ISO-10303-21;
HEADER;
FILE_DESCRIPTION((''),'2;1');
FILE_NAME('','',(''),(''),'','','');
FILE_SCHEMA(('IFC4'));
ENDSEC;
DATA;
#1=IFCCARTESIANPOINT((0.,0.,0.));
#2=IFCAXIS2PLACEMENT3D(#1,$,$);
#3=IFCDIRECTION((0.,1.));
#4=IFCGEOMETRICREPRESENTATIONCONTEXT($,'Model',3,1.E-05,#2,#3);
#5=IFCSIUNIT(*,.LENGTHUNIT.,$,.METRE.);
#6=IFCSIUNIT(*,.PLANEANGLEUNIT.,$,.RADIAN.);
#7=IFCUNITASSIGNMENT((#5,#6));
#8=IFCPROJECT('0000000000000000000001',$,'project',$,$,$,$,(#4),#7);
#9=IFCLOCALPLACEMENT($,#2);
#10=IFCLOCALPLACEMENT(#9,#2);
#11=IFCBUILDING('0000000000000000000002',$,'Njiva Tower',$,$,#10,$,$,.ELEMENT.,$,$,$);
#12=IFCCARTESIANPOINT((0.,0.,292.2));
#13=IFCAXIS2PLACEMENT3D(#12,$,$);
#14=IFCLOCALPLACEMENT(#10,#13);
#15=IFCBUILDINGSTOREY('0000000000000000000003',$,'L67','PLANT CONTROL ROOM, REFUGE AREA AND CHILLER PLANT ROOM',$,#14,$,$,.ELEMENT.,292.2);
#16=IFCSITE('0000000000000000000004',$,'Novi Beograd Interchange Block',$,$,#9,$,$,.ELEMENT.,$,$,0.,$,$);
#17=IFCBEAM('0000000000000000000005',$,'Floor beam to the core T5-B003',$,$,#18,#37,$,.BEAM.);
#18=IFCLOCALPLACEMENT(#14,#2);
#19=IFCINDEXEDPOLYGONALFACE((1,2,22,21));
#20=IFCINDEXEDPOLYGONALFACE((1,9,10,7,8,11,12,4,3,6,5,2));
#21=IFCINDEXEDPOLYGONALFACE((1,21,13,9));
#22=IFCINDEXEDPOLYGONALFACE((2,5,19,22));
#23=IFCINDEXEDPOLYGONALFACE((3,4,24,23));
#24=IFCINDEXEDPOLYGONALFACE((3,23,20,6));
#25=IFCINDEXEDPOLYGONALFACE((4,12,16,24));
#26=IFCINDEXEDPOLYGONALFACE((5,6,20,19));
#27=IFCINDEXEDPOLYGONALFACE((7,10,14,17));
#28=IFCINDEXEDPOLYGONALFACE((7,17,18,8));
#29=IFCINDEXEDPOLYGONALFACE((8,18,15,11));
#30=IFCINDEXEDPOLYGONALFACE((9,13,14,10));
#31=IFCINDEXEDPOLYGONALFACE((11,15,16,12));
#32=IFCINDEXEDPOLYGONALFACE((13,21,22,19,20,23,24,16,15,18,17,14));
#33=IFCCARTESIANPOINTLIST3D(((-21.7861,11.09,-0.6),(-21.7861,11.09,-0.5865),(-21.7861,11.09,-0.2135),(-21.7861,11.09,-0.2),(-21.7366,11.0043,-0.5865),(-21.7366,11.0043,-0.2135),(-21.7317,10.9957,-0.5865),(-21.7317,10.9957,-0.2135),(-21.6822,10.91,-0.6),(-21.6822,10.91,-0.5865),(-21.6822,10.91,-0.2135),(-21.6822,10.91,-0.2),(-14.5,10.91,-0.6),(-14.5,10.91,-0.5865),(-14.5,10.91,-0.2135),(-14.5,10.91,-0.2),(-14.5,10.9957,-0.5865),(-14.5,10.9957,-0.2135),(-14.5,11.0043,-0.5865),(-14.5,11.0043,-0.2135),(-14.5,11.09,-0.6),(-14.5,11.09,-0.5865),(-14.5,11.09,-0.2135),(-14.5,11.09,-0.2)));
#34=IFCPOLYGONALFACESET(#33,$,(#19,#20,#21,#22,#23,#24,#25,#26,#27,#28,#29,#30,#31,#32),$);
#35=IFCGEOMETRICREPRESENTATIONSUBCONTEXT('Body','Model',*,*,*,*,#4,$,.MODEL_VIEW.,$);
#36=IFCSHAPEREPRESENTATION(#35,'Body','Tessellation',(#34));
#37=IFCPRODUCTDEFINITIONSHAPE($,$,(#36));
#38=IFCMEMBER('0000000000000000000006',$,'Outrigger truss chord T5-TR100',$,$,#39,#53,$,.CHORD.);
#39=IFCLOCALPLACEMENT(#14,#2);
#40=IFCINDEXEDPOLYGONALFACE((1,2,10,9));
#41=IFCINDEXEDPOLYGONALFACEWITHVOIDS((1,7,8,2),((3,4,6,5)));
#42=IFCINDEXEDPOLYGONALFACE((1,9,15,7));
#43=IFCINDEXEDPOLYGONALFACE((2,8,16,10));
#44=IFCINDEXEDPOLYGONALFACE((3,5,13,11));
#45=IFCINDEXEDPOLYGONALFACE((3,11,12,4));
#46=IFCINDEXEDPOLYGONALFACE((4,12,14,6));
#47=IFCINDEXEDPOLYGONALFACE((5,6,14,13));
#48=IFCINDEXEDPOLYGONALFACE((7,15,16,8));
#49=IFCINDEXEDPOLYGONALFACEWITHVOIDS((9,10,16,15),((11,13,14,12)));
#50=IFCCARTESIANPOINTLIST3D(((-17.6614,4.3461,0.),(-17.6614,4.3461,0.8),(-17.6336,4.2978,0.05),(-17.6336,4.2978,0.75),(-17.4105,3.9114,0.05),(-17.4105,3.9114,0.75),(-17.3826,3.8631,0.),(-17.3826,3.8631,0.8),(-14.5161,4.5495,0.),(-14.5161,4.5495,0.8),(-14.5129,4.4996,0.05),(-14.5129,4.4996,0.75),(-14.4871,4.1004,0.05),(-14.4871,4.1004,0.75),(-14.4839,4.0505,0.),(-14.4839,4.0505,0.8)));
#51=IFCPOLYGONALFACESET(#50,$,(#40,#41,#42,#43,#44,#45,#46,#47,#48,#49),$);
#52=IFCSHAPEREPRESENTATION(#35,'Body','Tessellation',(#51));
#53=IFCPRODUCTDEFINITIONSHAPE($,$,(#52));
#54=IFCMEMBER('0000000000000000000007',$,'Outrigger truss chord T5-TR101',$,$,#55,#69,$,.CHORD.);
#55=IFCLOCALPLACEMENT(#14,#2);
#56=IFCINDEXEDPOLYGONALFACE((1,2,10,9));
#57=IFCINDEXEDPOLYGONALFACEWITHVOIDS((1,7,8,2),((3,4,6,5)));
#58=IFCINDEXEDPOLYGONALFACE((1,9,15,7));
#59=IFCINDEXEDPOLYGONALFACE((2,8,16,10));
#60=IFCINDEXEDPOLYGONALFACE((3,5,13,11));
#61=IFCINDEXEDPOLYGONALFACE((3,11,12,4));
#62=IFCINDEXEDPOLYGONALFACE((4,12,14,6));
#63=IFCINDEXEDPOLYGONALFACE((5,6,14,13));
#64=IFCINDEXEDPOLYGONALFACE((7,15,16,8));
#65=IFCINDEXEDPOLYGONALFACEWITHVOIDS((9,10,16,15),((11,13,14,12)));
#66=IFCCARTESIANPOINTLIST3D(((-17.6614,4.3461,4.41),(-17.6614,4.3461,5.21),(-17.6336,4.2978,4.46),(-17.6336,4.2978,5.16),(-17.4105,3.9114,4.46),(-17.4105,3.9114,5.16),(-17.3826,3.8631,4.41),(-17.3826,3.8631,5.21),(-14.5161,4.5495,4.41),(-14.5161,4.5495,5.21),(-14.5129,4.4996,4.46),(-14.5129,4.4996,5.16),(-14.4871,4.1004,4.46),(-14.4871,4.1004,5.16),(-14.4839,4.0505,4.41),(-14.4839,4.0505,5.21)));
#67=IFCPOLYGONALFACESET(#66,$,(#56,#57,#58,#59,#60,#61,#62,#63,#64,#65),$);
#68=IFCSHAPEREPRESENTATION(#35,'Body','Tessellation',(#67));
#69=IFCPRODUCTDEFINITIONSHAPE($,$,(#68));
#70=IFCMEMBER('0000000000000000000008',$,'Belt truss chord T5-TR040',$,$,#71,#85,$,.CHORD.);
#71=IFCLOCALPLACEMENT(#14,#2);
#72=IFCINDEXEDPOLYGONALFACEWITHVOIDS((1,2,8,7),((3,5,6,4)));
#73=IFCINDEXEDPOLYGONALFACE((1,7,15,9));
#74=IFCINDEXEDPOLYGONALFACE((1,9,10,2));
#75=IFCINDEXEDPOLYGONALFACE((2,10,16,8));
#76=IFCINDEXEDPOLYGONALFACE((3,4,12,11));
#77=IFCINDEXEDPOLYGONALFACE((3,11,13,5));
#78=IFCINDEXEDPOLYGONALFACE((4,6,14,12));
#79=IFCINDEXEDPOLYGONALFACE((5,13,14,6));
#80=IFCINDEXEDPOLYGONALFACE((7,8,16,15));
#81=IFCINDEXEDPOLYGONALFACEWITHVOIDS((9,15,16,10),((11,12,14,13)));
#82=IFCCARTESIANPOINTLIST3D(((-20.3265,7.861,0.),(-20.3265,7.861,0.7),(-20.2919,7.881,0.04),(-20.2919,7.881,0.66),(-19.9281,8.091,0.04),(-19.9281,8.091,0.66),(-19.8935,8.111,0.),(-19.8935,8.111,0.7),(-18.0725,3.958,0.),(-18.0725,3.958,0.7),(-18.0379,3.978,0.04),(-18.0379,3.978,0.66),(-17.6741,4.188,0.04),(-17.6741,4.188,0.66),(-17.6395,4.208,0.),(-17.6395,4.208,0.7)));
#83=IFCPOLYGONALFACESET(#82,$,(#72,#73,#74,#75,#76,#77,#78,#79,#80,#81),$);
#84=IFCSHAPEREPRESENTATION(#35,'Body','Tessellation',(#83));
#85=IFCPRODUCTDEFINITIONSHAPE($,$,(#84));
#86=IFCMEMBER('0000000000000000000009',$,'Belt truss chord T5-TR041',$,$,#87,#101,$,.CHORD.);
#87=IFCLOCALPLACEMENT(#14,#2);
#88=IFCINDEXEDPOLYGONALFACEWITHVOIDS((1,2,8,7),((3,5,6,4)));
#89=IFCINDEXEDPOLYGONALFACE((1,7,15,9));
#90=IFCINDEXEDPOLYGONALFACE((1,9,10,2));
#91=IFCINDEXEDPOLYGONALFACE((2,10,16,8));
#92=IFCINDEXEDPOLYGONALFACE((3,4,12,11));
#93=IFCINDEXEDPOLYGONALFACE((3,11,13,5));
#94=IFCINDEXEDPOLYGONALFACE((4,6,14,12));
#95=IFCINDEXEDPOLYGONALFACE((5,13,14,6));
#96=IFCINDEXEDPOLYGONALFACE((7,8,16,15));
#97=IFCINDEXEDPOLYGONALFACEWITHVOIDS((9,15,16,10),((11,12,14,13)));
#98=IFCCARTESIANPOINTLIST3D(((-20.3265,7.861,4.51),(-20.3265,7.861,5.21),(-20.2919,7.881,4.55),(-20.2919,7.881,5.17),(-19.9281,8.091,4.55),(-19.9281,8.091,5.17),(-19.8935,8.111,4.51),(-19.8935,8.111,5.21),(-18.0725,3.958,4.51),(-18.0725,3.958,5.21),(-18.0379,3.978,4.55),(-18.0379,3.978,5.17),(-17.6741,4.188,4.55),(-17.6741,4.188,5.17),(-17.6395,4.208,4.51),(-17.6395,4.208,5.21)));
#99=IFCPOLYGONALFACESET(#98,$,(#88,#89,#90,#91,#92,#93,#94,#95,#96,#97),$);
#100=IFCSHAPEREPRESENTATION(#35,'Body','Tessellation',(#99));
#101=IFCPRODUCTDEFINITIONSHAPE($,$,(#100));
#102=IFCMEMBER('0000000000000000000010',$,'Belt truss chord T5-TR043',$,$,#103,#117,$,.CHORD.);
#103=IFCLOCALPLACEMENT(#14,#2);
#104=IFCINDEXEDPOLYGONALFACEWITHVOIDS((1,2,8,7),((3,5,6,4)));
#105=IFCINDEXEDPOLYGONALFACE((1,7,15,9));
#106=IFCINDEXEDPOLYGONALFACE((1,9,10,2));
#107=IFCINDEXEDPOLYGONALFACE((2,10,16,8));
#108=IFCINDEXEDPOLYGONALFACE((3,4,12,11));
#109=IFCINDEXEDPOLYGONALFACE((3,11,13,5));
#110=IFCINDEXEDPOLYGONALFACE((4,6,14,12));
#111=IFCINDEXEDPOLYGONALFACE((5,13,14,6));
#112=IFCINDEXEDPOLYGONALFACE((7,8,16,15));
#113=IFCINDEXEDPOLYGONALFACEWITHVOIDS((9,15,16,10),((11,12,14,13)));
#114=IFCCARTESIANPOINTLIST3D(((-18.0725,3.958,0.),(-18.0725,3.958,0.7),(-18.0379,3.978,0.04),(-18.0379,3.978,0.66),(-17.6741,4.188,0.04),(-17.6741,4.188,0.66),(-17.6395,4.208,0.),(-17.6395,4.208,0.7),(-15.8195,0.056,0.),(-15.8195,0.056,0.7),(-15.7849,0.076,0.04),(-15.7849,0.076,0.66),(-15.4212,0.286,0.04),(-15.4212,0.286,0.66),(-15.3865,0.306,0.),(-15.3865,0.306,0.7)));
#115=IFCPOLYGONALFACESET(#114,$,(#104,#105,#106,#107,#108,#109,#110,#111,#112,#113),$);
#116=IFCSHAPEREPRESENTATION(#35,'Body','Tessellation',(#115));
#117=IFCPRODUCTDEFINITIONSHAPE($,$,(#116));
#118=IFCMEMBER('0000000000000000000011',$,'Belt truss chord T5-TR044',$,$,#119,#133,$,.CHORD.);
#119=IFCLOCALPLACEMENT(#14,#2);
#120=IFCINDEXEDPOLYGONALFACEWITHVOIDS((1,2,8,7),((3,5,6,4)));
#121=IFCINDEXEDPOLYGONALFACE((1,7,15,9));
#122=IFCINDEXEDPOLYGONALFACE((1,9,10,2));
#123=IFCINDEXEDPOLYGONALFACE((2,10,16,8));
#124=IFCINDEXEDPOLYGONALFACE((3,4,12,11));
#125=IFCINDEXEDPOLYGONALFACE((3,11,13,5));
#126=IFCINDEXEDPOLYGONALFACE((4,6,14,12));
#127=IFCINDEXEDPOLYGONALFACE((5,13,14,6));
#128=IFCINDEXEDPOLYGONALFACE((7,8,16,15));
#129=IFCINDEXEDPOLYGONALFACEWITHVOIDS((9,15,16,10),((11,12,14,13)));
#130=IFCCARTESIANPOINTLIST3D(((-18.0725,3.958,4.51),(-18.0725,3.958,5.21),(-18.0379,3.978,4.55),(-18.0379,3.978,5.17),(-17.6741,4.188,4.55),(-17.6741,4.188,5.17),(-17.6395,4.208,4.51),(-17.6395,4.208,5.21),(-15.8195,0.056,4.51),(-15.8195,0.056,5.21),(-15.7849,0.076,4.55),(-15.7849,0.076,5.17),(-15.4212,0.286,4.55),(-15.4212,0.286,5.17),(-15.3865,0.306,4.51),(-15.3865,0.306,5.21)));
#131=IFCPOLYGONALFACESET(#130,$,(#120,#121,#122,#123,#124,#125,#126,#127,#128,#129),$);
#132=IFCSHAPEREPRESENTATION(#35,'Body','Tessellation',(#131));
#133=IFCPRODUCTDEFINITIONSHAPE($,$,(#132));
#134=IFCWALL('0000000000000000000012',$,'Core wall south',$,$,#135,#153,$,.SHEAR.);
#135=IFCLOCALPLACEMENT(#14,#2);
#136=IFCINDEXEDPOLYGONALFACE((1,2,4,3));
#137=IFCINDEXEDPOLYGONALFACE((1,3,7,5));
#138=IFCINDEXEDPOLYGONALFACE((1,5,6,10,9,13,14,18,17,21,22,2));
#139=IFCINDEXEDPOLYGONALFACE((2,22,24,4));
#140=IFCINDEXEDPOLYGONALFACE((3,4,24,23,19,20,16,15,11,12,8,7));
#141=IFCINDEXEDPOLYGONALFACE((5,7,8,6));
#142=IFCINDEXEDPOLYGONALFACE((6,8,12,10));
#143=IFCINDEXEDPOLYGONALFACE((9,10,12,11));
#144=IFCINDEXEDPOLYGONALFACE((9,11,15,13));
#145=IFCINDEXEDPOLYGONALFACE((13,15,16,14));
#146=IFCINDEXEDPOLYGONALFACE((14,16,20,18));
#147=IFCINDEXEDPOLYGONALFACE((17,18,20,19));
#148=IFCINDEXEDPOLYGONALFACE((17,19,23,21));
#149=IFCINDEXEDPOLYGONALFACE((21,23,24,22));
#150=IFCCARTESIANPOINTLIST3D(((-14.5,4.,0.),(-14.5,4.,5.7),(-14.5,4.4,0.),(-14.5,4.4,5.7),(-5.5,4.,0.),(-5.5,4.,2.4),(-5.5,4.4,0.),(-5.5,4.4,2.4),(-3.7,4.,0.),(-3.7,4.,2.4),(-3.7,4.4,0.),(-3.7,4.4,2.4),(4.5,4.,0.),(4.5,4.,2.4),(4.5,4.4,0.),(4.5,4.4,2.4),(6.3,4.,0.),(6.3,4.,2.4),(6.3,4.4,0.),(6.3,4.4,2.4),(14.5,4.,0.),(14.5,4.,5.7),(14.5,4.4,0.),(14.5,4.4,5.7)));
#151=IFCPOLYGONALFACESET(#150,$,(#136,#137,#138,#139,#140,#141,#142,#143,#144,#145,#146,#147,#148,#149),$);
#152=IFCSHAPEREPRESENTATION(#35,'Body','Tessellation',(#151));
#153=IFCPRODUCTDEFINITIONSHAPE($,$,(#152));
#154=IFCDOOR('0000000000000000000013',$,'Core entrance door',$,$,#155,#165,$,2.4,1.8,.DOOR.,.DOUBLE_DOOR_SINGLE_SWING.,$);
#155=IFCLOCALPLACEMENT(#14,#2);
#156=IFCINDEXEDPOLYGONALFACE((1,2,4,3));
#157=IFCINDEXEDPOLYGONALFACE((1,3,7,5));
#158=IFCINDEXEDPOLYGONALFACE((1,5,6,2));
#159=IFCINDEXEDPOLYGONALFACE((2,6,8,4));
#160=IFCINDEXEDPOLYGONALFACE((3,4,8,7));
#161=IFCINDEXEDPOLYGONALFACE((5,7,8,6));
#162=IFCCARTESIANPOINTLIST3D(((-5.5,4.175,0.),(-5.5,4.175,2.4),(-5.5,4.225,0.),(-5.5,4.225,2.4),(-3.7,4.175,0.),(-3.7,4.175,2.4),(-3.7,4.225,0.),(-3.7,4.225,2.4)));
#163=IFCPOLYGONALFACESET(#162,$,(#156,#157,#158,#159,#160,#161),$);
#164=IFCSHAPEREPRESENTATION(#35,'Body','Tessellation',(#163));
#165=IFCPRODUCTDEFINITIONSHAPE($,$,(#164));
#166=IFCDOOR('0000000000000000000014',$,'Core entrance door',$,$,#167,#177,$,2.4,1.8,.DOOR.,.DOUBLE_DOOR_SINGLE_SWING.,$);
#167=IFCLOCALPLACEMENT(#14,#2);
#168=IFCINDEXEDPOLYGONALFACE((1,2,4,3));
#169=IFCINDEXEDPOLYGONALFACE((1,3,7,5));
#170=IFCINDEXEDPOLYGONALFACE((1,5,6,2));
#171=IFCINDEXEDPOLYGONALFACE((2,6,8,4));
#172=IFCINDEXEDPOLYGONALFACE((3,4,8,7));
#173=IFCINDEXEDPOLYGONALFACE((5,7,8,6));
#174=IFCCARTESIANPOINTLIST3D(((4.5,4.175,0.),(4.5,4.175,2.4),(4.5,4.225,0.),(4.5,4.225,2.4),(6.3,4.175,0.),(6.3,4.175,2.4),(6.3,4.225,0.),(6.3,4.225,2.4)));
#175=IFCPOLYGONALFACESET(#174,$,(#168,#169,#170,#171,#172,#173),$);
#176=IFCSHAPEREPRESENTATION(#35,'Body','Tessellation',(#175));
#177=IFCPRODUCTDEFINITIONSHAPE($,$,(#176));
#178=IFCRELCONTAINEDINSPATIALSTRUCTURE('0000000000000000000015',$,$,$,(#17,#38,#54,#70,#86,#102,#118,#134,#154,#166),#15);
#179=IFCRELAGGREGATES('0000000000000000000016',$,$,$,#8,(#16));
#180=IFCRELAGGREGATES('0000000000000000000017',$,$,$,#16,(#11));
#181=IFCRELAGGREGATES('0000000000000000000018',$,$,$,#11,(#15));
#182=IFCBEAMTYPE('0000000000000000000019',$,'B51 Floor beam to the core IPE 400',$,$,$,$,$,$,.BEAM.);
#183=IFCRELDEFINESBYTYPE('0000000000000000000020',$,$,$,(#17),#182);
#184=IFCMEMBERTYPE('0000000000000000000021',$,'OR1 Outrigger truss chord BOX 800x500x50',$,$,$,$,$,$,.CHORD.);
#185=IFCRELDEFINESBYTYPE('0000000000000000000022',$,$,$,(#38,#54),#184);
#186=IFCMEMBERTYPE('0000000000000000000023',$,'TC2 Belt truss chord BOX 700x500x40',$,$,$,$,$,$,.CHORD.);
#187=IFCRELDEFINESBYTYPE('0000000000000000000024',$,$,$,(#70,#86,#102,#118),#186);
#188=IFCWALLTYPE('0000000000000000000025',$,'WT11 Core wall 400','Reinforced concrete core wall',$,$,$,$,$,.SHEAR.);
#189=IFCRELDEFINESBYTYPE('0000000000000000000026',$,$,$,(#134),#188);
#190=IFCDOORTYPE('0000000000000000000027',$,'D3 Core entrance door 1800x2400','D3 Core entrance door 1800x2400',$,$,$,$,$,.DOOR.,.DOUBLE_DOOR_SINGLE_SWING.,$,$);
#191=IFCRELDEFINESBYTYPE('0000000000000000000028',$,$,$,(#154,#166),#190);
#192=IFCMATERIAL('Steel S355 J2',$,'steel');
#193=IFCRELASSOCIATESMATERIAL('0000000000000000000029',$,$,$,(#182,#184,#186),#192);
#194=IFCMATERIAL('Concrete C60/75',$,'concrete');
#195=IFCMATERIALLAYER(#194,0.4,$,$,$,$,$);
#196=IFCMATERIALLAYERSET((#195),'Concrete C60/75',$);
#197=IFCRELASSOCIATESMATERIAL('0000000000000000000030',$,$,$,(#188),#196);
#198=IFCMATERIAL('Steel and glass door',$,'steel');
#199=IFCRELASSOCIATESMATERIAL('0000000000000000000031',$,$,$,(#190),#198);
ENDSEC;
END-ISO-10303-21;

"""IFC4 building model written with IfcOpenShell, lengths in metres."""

from ifc_helpers import new_model, si_unit, direction, frame, frame_2d, origin, origin_2d, place, context, subcontext, project, spatial, rectangle, hollow_rectangle, i_section, extrude, clip, halfspace, material, layer, layer_set, material_profile, profile_set, type_object, element, fill, save


model = new_model("IFC4")

# Units and contexts
model_context = context("Model", 3, precision=1e-05, world=origin(), true_north=direction((0.0, 1.0)))
body_context = subcontext(model_context, "Body", "Model", "MODEL_VIEW")
ifc_project = project(units=[si_unit("LENGTHUNIT", "METRE"), si_unit("PLANEANGLEUNIT", "RADIAN")], contexts=[model_context])

# Site, building, storey
site_placement = place(None, origin())
site = spatial("IfcSite", under=ifc_project, at=site_placement, Name="Novi Beograd Interchange Block", CompositionType="ELEMENT", RefElevation=0.0)
building_placement = place(site_placement, origin())
building = spatial("IfcBuilding", under=site, at=building_placement, Name="Njiva Tower", CompositionType="ELEMENT")
storey_placement = place(building_placement, frame((0.0, 0.0, 292.2)))
storey = spatial("IfcBuildingStorey", under=building, at=storey_placement, Name="L67", Description="PLANT CONTROL ROOM, REFUGE AREA AND CHILLER PLANT ROOM", CompositionType="ELEMENT", Elevation=292.2)

# Shared definitions
ifc_material_1 = material(Name="Steel S355 J2", Category="steel")

# Beam
ifc_material_profile_1 = material_profile(ifc_material_1, i_section(OverallWidth=0.18, OverallDepth=0.4, WebThickness=0.0086, FlangeThickness=0.0135, at=origin_2d()), Name="IPE 400")
ifc_profile_set_1 = profile_set([ifc_material_profile_1], Name="Steel S355 J2")
beam_type_1 = type_object("IfcBeamType", Name="B51 Floor beam to the core IPE 400", PredefinedType="BEAM", material=ifc_profile_set_1)
beam_1_placement = place(storey_placement, frame((-21.806, 11.0, -0.4), z_axis=(1.0, 0.0, 0.0), x_axis=(0.0, 1.0, 0.0)))
element("IfcBeam", 1, at=beam_1_placement, inside=storey, type_object=beam_type_1, Name="Floor beam to the core T5-B003", PredefinedType="BEAM", context=body_context, shape_type="Clipping", body=[
    clip(extrude(i_section(OverallWidth=0.18, OverallDepth=0.4, WebThickness=0.0086, FlangeThickness=0.0135, at=origin_2d()), origin(), (0.0, 0.0, 1.0), 7.306), halfspace(frame((-0.025, 0.0, 0.0863), z_axis=(-0.499998, 0.0, -0.866027), x_axis=(0.0, -1.0, 0.0)), False)),
])

# Members
ifc_material_profile_2 = material_profile(ifc_material_1, hollow_rectangle(XDim=0.5, YDim=0.8, WallThickness=0.05, at=origin_2d()), Name="BOX 800x500x50")
ifc_profile_set_2 = profile_set([ifc_material_profile_2], Name="Steel S355 J2")
member_type_1 = type_object("IfcMemberType", Name="OR1 Outrigger truss chord BOX 800x500x50", PredefinedType="CHORD", material=ifc_profile_set_2)
for number, where, z_axis, x_axis, name in (
    (2, (-14.5, 4.3, 0.4), (-0.997916, -0.064526, 0.0), (0.064526, -0.997916, 0.0), "Outrigger truss chord T5-TR100"),
    (3, (-14.5, 4.3, 4.81), (-0.997916, -0.064526, 0.0), (0.064526, -0.997916, 0.0), "Outrigger truss chord T5-TR101"),
):
    element("IfcMember", number, at=place(storey_placement, frame(where, z_axis=z_axis, x_axis=x_axis)), inside=storey, type_object=member_type_1, Name=name, PredefinedType="CHORD", context=body_context, shape_type="Clipping", body=[
        clip(extrude(hollow_rectangle(XDim=0.5, YDim=0.8, WallThickness=0.05, at=origin_2d()), origin(), (0.0, 0.0, 1.0), 3.517), halfspace(frame((0.0221, 0.0, 3.0174), z_axis=(0.443075, 0.0, 0.896484), x_axis=(0.0, 1.0, 0.0)), False)),
    ])
ifc_material_profile_3 = material_profile(ifc_material_1, hollow_rectangle(XDim=0.5, YDim=0.7, WallThickness=0.04, at=origin_2d()), Name="BOX 700x500x40")
ifc_profile_set_3 = profile_set([ifc_material_profile_3], Name="Steel S355 J2")
member_type_2 = type_object("IfcMemberType", Name="TC2 Belt truss chord BOX 700x500x40", PredefinedType="CHORD", material=ifc_profile_set_3)
for number, where, z_axis, x_axis, name in (
    (4, (-20.11, 7.986, 0.35), (0.5001, -0.865968, 0.0), (0.865968, 0.5001, 0.0), "Belt truss chord T5-TR040"),
    (5, (-20.11, 7.986, 4.86), (0.5001, -0.865968, 0.0), (0.865968, 0.5001, 0.0), "Belt truss chord T5-TR041"),
):
    element("IfcMember", number, at=place(storey_placement, frame(where, z_axis=z_axis, x_axis=x_axis)), inside=storey, type_object=member_type_2, Name=name, PredefinedType="CHORD", context=body_context, shape_type="SweptSolid", body=[
        extrude(hollow_rectangle(XDim=0.5, YDim=0.7, WallThickness=0.04, at=origin_2d()), origin(), (0.0, 0.0, 1.0), 4.5071),
    ])
for number, where, z_axis, x_axis, name in (
    (6, (-17.856, 4.083, 0.35), (0.50003, -0.866008, 0.0), (0.866008, 0.50003, 0.0), "Belt truss chord T5-TR043"),
    (7, (-17.856, 4.083, 4.86), (0.50003, -0.866008, 0.0), (0.866008, 0.50003, 0.0), "Belt truss chord T5-TR044"),
):
    element("IfcMember", number, at=place(storey_placement, frame(where, z_axis=z_axis, x_axis=x_axis)), inside=storey, type_object=member_type_2, Name=name, PredefinedType="CHORD", context=body_context, shape_type="SweptSolid", body=[
        extrude(hollow_rectangle(XDim=0.5, YDim=0.7, WallThickness=0.04, at=origin_2d()), origin(), (0.0, 0.0, 1.0), 4.5057),
    ])

# Wall, openings, doors
ifc_material_2 = material(Name="Concrete C60/75", Category="concrete")
ifc_layer_1 = layer(ifc_material_2, 0.4)
ifc_layer_set_1 = layer_set([ifc_layer_1], Name="Concrete C60/75")
wall_type_1 = type_object("IfcWallType", Name="WT11 Core wall 400", Description="Reinforced concrete core wall", PredefinedType="SHEAR", material=ifc_layer_set_1)
wall_1_placement = place(storey_placement, frame((-14.5, 4.2, 0.0), z_axis=(0.0, 0.0, 1.0), x_axis=(1.0, 0.0, 0.0)))
wall_1 = element("IfcWall", 8, at=wall_1_placement, inside=storey, type_object=wall_type_1, Name="Core wall south", PredefinedType="SHEAR", context=body_context, shape_type="SweptSolid", body=[
    extrude(rectangle(XDim=29.0, YDim=0.4, at=frame_2d((14.5, 0.0))), origin(), (0.0, 0.0, 1.0), 5.7),
])
opening_1_placement = place(wall_1_placement, frame((9.0, 0.0, 0.0)))
opening_1 = element("IfcOpeningElement", 9, at=opening_1_placement, cuts=wall_1, PredefinedType="OPENING", context=body_context, shape_type="SweptSolid", body=[
    extrude(rectangle(XDim=1.8, YDim=2.4, at=frame_2d((0.9, 1.2))), frame((0.0, 0.21, 0.0), z_axis=(0.0, -1.0, 0.0), x_axis=(1.0, 0.0, 0.0)), (0.0, 0.0, 1.0), 0.42),
])
opening_2_placement = place(wall_1_placement, frame((19.0, 0.0, 0.0)))
opening_2 = element("IfcOpeningElement", 10, at=opening_2_placement, cuts=wall_1, PredefinedType="OPENING", context=body_context, shape_type="SweptSolid", body=[
    extrude(rectangle(XDim=1.8, YDim=2.4, at=frame_2d((0.9, 1.2))), frame((0.0, 0.21, 0.0), z_axis=(0.0, -1.0, 0.0), x_axis=(1.0, 0.0, 0.0)), (0.0, 0.0, 1.0), 0.42),
])
ifc_material_3 = material(Name="Steel and glass door", Category="steel")
door_type_1 = type_object("IfcDoorType", Name="D3 Core entrance door 1800x2400", Description="D3 Core entrance door 1800x2400", OperationType="DOUBLE_DOOR_SINGLE_SWING", PredefinedType="DOOR", material=ifc_material_3)
door_1_placement = place(opening_1_placement, origin())
door_1 = element("IfcDoor", 11, at=door_1_placement, inside=storey, type_object=door_type_1, Name="Core entrance door", OperationType="DOUBLE_DOOR_SINGLE_SWING", OverallHeight=2.4, OverallWidth=1.8, PredefinedType="DOOR", context=body_context, shape_type="SweptSolid", body=[
    extrude(rectangle(XDim=1.8, YDim=2.4, at=frame_2d((0.9, 1.2))), frame((0.0, 0.025, 0.0), z_axis=(0.0, -1.0, 0.0), x_axis=(1.0, 0.0, 0.0)), (0.0, 0.0, 1.0), 0.05),
])
fill(opening_1, door_1)
door_2_placement = place(opening_2_placement, origin())
door_2 = element("IfcDoor", 12, at=door_2_placement, inside=storey, type_object=door_type_1, Name="Core entrance door", OperationType="DOUBLE_DOOR_SINGLE_SWING", OverallHeight=2.4, OverallWidth=1.8, PredefinedType="DOOR", context=body_context, shape_type="SweptSolid", body=[
    extrude(rectangle(XDim=1.8, YDim=2.4, at=frame_2d((0.9, 1.2))), frame((0.0, 0.025, 0.0), z_axis=(0.0, -1.0, 0.0), x_axis=(1.0, 0.0, 0.0)), (0.0, 0.0, 1.0), 0.05),
])
fill(opening_2, door_2)

save(model, "model.ifc")
